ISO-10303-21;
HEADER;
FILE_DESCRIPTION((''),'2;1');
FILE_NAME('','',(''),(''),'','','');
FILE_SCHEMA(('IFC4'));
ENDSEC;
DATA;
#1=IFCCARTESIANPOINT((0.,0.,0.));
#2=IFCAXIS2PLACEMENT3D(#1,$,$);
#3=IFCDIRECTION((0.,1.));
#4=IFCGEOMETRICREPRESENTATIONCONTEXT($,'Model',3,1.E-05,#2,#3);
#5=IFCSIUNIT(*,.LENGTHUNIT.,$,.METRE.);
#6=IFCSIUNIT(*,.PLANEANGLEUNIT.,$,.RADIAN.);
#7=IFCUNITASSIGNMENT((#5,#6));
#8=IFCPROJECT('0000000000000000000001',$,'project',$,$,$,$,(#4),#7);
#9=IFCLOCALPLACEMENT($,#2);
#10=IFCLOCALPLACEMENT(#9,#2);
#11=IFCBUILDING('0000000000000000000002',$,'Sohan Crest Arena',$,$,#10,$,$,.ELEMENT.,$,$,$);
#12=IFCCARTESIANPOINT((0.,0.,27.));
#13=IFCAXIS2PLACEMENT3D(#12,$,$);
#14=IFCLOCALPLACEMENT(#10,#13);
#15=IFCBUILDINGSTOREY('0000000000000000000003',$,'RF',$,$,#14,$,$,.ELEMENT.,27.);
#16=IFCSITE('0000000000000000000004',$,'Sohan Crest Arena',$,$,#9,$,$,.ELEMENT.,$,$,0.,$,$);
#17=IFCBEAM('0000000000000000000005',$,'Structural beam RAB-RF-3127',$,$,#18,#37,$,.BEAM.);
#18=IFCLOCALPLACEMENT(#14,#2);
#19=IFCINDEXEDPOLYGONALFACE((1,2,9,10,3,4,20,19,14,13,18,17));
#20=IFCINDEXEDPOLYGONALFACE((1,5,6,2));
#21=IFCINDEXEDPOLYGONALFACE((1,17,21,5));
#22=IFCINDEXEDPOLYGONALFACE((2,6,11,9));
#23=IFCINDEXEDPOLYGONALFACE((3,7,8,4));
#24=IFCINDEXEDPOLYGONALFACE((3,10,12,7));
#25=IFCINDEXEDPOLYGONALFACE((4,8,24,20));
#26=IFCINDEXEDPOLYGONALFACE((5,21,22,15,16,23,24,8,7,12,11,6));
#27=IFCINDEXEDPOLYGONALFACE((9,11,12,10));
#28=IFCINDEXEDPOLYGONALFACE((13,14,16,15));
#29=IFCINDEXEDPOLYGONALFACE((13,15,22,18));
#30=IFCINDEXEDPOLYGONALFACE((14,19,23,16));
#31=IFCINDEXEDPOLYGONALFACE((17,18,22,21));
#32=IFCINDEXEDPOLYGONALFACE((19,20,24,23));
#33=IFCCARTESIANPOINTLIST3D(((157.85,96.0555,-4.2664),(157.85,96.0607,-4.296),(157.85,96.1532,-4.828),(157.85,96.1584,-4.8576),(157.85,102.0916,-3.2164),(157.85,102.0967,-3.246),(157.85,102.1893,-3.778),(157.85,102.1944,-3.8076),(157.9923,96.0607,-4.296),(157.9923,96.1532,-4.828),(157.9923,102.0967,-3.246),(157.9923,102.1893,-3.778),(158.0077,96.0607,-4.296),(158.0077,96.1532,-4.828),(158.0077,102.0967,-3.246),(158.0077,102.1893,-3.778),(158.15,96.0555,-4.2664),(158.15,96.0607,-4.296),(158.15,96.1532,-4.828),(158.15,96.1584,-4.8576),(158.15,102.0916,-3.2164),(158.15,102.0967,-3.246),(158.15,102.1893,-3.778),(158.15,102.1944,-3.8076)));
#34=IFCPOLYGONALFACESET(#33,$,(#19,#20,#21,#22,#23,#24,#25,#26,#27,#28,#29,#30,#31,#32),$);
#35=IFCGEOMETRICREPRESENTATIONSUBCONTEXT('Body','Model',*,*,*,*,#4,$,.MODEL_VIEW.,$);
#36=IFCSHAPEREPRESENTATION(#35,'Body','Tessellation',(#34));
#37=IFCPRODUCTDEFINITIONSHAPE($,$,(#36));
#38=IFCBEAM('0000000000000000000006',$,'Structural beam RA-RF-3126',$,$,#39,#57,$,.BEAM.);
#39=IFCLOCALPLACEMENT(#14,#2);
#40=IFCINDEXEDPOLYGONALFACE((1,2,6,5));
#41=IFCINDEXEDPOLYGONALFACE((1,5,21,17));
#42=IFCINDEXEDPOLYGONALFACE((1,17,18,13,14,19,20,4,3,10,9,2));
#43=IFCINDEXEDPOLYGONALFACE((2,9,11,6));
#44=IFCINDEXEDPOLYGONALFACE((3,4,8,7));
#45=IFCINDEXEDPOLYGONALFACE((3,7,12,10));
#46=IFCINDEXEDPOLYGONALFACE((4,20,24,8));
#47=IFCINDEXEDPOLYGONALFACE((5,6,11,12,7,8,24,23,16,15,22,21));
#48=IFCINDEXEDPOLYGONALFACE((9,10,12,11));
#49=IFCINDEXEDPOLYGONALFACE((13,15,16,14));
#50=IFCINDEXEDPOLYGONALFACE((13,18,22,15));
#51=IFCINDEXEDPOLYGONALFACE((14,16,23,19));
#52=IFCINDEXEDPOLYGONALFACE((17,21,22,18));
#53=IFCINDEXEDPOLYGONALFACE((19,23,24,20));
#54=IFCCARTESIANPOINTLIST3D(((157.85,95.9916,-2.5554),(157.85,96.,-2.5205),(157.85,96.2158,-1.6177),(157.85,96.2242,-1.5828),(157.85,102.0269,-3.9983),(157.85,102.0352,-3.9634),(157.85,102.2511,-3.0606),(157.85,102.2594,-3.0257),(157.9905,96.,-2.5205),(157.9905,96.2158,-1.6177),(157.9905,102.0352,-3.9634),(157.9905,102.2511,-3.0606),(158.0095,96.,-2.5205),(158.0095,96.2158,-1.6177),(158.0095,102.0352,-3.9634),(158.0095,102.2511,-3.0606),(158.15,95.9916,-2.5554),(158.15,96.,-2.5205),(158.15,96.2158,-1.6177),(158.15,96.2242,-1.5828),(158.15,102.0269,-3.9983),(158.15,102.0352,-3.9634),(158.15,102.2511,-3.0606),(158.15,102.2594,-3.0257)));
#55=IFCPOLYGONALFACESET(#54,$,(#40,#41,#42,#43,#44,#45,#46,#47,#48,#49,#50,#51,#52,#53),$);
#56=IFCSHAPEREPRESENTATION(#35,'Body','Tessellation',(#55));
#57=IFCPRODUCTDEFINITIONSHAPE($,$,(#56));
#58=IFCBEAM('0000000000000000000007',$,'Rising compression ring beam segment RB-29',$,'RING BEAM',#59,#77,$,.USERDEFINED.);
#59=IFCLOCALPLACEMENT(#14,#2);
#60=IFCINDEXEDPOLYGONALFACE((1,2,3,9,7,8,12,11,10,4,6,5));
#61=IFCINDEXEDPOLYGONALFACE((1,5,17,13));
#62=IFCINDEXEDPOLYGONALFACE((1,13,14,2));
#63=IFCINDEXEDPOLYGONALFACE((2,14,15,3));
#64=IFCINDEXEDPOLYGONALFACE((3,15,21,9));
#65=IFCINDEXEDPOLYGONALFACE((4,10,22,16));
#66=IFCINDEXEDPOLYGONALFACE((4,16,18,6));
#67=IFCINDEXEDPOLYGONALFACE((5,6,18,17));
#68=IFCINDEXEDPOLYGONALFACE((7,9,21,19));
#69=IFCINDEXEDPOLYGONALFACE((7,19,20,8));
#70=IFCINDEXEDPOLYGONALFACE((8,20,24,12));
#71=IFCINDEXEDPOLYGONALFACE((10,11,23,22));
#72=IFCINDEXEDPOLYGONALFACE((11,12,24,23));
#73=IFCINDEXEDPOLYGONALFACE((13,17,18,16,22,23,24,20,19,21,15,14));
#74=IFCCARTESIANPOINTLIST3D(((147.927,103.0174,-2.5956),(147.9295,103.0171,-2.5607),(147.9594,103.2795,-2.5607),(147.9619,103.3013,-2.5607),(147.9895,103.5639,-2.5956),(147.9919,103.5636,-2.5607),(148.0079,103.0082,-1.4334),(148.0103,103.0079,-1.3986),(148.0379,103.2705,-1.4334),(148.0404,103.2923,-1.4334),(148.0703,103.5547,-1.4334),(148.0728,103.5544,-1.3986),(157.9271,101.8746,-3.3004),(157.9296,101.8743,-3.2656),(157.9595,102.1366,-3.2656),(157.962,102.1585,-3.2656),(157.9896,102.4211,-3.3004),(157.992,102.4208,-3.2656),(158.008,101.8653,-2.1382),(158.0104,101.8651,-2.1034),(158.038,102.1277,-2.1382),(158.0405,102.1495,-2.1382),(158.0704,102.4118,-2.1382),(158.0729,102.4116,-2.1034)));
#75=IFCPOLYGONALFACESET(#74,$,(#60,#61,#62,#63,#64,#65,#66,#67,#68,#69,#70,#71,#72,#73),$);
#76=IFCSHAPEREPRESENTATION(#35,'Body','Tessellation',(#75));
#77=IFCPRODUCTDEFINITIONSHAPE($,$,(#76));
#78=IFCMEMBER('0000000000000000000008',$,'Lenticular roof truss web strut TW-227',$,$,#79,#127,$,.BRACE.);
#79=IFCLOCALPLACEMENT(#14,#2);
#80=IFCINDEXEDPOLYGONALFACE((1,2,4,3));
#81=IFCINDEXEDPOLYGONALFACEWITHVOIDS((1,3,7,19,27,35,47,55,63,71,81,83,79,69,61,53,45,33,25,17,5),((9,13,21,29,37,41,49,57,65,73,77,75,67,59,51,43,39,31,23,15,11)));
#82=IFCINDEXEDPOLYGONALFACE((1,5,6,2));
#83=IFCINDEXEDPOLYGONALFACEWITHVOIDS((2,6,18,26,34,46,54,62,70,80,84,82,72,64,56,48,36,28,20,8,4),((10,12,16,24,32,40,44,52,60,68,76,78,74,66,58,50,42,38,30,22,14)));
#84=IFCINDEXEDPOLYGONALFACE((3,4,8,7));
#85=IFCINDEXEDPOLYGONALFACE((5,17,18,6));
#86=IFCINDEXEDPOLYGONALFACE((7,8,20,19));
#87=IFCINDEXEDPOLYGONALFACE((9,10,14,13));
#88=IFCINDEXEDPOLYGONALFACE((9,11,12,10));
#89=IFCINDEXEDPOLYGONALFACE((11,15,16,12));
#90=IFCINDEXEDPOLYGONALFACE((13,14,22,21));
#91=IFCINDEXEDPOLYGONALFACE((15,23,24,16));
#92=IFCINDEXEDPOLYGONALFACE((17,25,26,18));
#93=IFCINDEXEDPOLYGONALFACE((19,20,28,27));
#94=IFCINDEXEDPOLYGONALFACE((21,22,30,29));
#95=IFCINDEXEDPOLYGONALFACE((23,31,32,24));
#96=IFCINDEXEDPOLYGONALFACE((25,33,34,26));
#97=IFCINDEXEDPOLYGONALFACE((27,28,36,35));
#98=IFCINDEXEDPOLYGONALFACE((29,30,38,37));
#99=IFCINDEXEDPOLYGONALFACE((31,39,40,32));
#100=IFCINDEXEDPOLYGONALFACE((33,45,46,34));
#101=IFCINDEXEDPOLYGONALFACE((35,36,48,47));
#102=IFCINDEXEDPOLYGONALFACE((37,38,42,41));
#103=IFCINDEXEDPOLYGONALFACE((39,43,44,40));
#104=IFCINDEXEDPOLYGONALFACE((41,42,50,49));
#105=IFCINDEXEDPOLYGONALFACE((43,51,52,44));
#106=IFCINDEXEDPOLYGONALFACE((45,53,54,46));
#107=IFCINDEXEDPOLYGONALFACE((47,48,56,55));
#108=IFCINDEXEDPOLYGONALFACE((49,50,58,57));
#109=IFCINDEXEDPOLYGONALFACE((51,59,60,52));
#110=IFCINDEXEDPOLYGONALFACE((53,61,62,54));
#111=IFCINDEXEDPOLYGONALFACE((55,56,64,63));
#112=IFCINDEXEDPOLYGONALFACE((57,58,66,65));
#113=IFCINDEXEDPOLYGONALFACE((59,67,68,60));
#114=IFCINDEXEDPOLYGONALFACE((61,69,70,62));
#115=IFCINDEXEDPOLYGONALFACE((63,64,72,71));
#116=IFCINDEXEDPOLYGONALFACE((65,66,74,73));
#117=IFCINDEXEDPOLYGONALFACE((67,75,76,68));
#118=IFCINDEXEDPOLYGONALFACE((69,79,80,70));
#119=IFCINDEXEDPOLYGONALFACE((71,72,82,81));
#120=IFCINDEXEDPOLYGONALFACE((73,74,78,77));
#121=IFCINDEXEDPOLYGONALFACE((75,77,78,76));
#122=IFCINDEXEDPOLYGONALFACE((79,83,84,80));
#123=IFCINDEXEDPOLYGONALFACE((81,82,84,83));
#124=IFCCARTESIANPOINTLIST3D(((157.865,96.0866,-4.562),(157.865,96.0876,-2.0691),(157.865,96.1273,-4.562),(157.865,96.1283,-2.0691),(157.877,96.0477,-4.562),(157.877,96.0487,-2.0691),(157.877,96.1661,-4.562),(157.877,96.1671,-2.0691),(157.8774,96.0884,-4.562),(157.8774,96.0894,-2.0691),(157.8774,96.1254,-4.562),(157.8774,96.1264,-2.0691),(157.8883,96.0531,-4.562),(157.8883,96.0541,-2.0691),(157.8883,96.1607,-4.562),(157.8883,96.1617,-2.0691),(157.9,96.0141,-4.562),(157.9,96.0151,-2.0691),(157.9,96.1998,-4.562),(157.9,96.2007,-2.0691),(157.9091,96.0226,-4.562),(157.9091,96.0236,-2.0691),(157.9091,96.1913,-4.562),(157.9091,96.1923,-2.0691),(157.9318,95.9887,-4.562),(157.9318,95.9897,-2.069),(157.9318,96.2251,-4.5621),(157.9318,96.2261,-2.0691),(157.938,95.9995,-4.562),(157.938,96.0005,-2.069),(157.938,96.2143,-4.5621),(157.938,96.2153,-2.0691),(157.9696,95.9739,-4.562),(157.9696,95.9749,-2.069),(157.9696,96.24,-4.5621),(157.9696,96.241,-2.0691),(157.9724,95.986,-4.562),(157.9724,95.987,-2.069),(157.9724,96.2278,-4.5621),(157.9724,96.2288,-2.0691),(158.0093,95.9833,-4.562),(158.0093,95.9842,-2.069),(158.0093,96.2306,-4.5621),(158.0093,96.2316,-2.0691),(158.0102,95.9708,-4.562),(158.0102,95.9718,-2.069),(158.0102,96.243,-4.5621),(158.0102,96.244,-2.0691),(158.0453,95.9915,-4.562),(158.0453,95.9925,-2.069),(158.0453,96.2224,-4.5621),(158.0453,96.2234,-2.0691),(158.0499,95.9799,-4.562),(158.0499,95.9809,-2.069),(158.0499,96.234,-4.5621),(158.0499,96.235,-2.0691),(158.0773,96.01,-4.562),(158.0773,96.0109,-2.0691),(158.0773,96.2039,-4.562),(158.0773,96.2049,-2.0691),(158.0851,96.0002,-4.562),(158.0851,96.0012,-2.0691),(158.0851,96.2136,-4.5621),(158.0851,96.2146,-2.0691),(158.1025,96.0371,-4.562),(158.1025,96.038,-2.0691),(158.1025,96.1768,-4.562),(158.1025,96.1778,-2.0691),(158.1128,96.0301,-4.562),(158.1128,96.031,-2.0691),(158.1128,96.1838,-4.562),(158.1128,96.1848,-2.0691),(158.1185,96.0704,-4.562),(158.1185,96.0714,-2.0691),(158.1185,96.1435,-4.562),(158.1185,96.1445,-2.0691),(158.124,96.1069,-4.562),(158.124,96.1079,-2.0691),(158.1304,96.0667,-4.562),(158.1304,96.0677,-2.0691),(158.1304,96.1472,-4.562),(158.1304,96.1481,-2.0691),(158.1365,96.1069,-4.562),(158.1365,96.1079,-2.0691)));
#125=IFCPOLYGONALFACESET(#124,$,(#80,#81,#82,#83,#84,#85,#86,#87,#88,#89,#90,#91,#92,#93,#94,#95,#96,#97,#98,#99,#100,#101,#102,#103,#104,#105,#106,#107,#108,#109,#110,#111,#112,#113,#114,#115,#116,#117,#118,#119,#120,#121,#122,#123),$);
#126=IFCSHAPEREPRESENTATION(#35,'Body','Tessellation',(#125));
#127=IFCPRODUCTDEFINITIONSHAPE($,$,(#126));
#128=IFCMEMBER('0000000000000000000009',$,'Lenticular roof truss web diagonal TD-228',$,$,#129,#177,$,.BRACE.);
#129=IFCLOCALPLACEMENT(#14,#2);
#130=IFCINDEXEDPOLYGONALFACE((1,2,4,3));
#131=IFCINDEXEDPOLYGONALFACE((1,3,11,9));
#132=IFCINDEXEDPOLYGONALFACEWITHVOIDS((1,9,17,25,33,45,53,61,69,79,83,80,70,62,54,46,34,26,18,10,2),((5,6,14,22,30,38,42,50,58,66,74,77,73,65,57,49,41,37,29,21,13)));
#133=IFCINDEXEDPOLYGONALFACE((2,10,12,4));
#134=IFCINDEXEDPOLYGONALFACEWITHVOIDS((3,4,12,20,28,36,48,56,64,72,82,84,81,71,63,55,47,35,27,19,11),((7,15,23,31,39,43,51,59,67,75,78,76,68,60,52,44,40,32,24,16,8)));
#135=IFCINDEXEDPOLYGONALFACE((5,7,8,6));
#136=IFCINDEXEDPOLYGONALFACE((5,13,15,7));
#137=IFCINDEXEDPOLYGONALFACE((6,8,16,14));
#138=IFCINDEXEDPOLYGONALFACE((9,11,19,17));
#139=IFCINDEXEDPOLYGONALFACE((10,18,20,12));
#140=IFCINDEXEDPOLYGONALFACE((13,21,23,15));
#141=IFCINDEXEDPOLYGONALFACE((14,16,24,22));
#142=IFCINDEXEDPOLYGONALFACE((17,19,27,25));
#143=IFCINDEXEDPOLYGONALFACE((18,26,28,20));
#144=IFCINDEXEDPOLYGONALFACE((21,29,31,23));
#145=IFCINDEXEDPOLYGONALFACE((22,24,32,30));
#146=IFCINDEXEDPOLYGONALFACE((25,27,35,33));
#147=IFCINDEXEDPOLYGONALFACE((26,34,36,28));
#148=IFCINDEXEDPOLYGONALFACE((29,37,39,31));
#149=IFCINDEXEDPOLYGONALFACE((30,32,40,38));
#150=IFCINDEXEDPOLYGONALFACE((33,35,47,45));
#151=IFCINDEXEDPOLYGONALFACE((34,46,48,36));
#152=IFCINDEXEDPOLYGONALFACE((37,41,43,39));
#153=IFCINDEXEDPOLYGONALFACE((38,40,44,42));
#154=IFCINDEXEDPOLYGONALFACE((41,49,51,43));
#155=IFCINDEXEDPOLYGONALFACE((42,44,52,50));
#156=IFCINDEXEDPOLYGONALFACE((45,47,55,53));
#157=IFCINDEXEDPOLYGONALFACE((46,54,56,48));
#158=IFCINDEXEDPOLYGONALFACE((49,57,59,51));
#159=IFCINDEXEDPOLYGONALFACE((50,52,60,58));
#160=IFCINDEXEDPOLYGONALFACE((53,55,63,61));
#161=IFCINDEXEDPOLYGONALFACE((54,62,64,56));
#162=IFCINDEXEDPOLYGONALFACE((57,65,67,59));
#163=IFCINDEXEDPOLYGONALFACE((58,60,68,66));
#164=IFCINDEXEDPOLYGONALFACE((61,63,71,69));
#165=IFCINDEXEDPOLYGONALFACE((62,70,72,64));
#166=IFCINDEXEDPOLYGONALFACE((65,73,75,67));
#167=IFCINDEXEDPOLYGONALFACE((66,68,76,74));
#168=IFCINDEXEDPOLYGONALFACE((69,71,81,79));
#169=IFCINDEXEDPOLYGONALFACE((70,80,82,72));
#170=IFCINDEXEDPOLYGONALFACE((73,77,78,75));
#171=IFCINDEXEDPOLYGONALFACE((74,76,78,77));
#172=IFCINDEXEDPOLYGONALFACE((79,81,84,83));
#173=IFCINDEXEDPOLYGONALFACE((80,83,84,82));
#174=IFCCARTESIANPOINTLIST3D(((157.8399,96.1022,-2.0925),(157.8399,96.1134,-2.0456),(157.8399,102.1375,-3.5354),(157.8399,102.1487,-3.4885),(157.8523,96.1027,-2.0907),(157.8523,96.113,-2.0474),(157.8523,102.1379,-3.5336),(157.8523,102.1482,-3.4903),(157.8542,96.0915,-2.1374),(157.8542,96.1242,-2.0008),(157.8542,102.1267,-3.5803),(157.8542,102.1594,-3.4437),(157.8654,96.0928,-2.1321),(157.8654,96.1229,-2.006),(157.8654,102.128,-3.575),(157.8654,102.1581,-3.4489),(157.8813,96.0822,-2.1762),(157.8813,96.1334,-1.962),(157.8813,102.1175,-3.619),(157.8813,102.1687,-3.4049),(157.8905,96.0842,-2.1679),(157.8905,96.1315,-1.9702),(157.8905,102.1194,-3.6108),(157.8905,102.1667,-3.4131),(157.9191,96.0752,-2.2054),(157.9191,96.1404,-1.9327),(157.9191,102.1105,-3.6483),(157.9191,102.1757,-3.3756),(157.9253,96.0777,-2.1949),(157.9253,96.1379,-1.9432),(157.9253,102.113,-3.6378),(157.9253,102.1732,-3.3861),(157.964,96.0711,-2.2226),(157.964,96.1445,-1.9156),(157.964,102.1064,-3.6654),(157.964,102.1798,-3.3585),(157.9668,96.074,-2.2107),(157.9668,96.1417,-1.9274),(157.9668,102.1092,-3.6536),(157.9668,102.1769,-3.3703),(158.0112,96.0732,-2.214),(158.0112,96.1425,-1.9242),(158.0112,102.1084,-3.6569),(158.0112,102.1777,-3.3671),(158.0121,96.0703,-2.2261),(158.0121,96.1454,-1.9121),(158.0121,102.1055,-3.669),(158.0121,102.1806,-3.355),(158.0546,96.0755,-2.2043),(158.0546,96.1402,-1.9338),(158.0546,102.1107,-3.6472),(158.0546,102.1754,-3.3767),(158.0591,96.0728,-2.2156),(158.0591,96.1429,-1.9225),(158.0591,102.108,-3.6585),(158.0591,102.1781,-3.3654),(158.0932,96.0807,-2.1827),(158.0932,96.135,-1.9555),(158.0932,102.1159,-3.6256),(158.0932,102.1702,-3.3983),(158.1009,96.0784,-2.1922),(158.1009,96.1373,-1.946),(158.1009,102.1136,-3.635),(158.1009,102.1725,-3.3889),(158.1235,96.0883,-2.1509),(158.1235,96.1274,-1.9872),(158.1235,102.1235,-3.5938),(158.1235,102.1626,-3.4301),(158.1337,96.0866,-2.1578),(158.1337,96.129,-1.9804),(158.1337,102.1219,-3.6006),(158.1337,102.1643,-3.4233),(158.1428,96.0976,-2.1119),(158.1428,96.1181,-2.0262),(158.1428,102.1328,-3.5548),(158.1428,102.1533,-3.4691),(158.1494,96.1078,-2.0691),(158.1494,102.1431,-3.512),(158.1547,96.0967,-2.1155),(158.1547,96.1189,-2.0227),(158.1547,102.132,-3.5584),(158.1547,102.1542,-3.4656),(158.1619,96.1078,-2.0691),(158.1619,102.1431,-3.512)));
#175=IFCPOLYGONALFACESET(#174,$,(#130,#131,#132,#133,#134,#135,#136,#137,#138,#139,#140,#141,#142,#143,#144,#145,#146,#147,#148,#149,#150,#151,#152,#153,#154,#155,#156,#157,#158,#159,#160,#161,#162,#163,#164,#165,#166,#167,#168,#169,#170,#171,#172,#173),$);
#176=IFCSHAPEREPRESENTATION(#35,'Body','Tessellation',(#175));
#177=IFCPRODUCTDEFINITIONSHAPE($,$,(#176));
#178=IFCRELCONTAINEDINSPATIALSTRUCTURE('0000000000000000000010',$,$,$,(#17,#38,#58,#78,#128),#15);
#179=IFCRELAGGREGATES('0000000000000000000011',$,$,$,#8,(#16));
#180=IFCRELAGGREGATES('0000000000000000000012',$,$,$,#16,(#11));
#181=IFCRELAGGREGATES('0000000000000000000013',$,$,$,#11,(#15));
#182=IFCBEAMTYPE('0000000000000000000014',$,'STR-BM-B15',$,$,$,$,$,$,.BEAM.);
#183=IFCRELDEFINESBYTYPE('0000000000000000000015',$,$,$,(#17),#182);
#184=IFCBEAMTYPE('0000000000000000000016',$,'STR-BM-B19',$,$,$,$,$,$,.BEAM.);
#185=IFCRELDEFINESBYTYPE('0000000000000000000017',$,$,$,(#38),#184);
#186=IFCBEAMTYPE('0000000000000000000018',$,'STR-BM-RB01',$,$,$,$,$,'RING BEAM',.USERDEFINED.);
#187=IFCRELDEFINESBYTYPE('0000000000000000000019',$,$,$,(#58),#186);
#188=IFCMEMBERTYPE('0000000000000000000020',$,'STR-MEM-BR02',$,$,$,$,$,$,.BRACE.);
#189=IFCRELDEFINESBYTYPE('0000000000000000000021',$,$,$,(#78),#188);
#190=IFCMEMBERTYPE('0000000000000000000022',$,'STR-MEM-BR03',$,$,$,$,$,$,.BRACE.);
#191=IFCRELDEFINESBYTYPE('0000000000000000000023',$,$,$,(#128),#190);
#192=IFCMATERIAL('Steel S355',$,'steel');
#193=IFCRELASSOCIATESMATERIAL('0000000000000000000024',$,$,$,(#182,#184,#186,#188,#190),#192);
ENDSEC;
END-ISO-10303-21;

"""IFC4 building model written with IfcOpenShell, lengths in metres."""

from ifc_helpers import new_model, si_unit, direction, frame, origin, origin_2d, place, context, subcontext, project, spatial, hollow_circle, i_section, extrude, material, material_profile, profile_set, type_object, element, save


model = new_model("IFC4")

# Units and contexts
model_context = context("Model", 3, precision=1e-05, world=origin(), true_north=direction((0.0, 1.0)))
body_context = subcontext(model_context, "Body", "Model", "MODEL_VIEW")
ifc_project = project(units=[si_unit("LENGTHUNIT", "METRE"), si_unit("PLANEANGLEUNIT", "RADIAN")], contexts=[model_context])

# Site, building, storey
site_placement = place(None, origin())
site = spatial("IfcSite", under=ifc_project, at=site_placement, Name="Sohan Crest Arena", CompositionType="ELEMENT", RefElevation=0.0)
building_placement = place(site_placement, origin())
building = spatial("IfcBuilding", under=site, at=building_placement, Name="Sohan Crest Arena", CompositionType="ELEMENT")
storey_placement = place(building_placement, frame((0.0, 0.0, 27.0)))
storey = spatial("IfcBuildingStorey", under=building, at=storey_placement, Name="RF", CompositionType="ELEMENT", Elevation=27.0)

# Beams
ifc_material_1 = material(Name="Steel S355", Category="steel")
ifc_material_profile_1 = material_profile(ifc_material_1, i_section(OverallWidth=0.3, OverallDepth=0.6001, WebThickness=0.0154, FlangeThickness=0.03, at=origin_2d()), Name="HEB 600")
ifc_profile_set_1 = profile_set([ifc_material_profile_1], Name="Steel S355")
beam_type_1 = type_object("IfcBeamType", Name="STR-BM-B15", PredefinedType="BEAM", material=ifc_profile_set_1)
beam_1_placement = place(storey_placement, frame((158.0, 96.1069, -4.562), z_axis=(0.0, 0.985204, 0.171387), x_axis=(-1.0, 0.0, 0.0)))
element("IfcBeam", 1, at=beam_1_placement, inside=storey, type_object=beam_type_1, Name="Structural beam RAB-RF-3127", PredefinedType="BEAM", context=body_context, shape_type="SweptSolid", body=[
    extrude(i_section(OverallWidth=0.3, OverallDepth=0.6001, WebThickness=0.0154, FlangeThickness=0.03, at=origin_2d()), origin(), (0.0, 0.0, 1.0), 6.1267),
])
ifc_material_profile_2 = material_profile(ifc_material_1, i_section(OverallWidth=0.3, OverallDepth=1.0, WebThickness=0.019, FlangeThickness=0.0359, at=origin_2d()), Name="HEB 1000")
ifc_profile_set_2 = profile_set([ifc_material_profile_2], Name="Steel S355")
beam_type_2 = type_object("IfcBeamType", Name="STR-BM-B19", PredefinedType="BEAM", material=ifc_profile_set_2)
beam_2_placement = place(storey_placement, frame((158.0, 96.1079, -2.0691), z_axis=(0.0, 0.97259, -0.232525), x_axis=(-1.0, 0.0, 0.0)))
element("IfcBeam", 2, at=beam_2_placement, inside=storey, type_object=beam_type_2, Name="Structural beam RA-RF-3126", PredefinedType="BEAM", context=body_context, shape_type="SweptSolid", body=[
    extrude(i_section(OverallWidth=0.3, OverallDepth=1.0, WebThickness=0.019, FlangeThickness=0.0359, at=origin_2d()), origin(), (0.0, 0.0, 1.0), 6.2053),
])
ifc_material_profile_3 = material_profile(ifc_material_1, i_section(OverallWidth=0.55, OverallDepth=1.2, WebThickness=0.022, FlangeThickness=0.0349, at=origin_2d()), Name="PG 1200x550x22x35")
ifc_profile_set_3 = profile_set([ifc_material_profile_3], Name="Steel S355")
beam_type_3 = type_object("IfcBeamType", Name="STR-BM-RB01", ElementType="RING BEAM", PredefinedType="USERDEFINED", material=ifc_profile_set_3)
beam_3_placement = place(storey_placement, frame((158.0, 102.1431, -2.7019), z_axis=(-0.991106, 0.113266, 0.069857), x_axis=(-0.113543, -0.993533, 0.0)))
element("IfcBeam", 3, at=beam_3_placement, inside=storey, type_object=beam_type_3, Name="Rising compression ring beam segment RB-29", ObjectType="RING BEAM", PredefinedType="USERDEFINED", context=body_context, shape_type="SweptSolid", body=[
    extrude(i_section(OverallWidth=0.55, OverallDepth=1.2, WebThickness=0.022, FlangeThickness=0.0349, at=origin_2d()), origin(), (0.0, 0.0, 1.0), 10.0898),
])

# Members
ifc_material_profile_4 = material_profile(ifc_material_1, hollow_circle(Radius=0.1365, WallThickness=0.0125, at=origin_2d()), Name="CHS 273x12.5")
ifc_profile_set_4 = profile_set([ifc_material_profile_4], Name="Steel S355")
member_type_1 = type_object("IfcMemberType", Name="STR-MEM-BR02", PredefinedType="BRACE", material=ifc_profile_set_4)
member_1_placement = place(storey_placement, frame((158.0, 96.1069, -4.562), z_axis=(0.0, 0.000392, 1.0), x_axis=(1.0, 0.0, 0.0)))
element("IfcMember", 4, at=member_1_placement, inside=storey, type_object=member_type_1, Name="Lenticular roof truss web strut TW-227", PredefinedType="BRACE", context=body_context, shape_type="SweptSolid", body=[
    extrude(hollow_circle(Radius=0.1365, WallThickness=0.0125, at=origin_2d()), origin(), (0.0, 0.0, 1.0), 2.4929),
])
ifc_material_profile_5 = material_profile(ifc_material_1, hollow_circle(Radius=0.1619, WallThickness=0.0125, at=origin_2d()), Name="CHS 323.9x12.5")
ifc_profile_set_5 = profile_set([ifc_material_profile_5], Name="Steel S355")
member_type_2 = type_object("IfcMemberType", Name="STR-MEM-BR03", PredefinedType="BRACE", material=ifc_profile_set_5)
member_2_placement = place(storey_placement, frame((158.0, 102.1431, -3.512), z_axis=(0.0, -0.97259, 0.232525), x_axis=(1.0, 0.0, 0.0)))
element("IfcMember", 5, at=member_2_placement, inside=storey, type_object=member_type_2, Name="Lenticular roof truss web diagonal TD-228", PredefinedType="BRACE", context=body_context, shape_type="SweptSolid", body=[
    extrude(hollow_circle(Radius=0.1619, WallThickness=0.0125, at=origin_2d()), origin(), (0.0, 0.0, 1.0), 6.2053),
])

save(model, "model.ifc")
